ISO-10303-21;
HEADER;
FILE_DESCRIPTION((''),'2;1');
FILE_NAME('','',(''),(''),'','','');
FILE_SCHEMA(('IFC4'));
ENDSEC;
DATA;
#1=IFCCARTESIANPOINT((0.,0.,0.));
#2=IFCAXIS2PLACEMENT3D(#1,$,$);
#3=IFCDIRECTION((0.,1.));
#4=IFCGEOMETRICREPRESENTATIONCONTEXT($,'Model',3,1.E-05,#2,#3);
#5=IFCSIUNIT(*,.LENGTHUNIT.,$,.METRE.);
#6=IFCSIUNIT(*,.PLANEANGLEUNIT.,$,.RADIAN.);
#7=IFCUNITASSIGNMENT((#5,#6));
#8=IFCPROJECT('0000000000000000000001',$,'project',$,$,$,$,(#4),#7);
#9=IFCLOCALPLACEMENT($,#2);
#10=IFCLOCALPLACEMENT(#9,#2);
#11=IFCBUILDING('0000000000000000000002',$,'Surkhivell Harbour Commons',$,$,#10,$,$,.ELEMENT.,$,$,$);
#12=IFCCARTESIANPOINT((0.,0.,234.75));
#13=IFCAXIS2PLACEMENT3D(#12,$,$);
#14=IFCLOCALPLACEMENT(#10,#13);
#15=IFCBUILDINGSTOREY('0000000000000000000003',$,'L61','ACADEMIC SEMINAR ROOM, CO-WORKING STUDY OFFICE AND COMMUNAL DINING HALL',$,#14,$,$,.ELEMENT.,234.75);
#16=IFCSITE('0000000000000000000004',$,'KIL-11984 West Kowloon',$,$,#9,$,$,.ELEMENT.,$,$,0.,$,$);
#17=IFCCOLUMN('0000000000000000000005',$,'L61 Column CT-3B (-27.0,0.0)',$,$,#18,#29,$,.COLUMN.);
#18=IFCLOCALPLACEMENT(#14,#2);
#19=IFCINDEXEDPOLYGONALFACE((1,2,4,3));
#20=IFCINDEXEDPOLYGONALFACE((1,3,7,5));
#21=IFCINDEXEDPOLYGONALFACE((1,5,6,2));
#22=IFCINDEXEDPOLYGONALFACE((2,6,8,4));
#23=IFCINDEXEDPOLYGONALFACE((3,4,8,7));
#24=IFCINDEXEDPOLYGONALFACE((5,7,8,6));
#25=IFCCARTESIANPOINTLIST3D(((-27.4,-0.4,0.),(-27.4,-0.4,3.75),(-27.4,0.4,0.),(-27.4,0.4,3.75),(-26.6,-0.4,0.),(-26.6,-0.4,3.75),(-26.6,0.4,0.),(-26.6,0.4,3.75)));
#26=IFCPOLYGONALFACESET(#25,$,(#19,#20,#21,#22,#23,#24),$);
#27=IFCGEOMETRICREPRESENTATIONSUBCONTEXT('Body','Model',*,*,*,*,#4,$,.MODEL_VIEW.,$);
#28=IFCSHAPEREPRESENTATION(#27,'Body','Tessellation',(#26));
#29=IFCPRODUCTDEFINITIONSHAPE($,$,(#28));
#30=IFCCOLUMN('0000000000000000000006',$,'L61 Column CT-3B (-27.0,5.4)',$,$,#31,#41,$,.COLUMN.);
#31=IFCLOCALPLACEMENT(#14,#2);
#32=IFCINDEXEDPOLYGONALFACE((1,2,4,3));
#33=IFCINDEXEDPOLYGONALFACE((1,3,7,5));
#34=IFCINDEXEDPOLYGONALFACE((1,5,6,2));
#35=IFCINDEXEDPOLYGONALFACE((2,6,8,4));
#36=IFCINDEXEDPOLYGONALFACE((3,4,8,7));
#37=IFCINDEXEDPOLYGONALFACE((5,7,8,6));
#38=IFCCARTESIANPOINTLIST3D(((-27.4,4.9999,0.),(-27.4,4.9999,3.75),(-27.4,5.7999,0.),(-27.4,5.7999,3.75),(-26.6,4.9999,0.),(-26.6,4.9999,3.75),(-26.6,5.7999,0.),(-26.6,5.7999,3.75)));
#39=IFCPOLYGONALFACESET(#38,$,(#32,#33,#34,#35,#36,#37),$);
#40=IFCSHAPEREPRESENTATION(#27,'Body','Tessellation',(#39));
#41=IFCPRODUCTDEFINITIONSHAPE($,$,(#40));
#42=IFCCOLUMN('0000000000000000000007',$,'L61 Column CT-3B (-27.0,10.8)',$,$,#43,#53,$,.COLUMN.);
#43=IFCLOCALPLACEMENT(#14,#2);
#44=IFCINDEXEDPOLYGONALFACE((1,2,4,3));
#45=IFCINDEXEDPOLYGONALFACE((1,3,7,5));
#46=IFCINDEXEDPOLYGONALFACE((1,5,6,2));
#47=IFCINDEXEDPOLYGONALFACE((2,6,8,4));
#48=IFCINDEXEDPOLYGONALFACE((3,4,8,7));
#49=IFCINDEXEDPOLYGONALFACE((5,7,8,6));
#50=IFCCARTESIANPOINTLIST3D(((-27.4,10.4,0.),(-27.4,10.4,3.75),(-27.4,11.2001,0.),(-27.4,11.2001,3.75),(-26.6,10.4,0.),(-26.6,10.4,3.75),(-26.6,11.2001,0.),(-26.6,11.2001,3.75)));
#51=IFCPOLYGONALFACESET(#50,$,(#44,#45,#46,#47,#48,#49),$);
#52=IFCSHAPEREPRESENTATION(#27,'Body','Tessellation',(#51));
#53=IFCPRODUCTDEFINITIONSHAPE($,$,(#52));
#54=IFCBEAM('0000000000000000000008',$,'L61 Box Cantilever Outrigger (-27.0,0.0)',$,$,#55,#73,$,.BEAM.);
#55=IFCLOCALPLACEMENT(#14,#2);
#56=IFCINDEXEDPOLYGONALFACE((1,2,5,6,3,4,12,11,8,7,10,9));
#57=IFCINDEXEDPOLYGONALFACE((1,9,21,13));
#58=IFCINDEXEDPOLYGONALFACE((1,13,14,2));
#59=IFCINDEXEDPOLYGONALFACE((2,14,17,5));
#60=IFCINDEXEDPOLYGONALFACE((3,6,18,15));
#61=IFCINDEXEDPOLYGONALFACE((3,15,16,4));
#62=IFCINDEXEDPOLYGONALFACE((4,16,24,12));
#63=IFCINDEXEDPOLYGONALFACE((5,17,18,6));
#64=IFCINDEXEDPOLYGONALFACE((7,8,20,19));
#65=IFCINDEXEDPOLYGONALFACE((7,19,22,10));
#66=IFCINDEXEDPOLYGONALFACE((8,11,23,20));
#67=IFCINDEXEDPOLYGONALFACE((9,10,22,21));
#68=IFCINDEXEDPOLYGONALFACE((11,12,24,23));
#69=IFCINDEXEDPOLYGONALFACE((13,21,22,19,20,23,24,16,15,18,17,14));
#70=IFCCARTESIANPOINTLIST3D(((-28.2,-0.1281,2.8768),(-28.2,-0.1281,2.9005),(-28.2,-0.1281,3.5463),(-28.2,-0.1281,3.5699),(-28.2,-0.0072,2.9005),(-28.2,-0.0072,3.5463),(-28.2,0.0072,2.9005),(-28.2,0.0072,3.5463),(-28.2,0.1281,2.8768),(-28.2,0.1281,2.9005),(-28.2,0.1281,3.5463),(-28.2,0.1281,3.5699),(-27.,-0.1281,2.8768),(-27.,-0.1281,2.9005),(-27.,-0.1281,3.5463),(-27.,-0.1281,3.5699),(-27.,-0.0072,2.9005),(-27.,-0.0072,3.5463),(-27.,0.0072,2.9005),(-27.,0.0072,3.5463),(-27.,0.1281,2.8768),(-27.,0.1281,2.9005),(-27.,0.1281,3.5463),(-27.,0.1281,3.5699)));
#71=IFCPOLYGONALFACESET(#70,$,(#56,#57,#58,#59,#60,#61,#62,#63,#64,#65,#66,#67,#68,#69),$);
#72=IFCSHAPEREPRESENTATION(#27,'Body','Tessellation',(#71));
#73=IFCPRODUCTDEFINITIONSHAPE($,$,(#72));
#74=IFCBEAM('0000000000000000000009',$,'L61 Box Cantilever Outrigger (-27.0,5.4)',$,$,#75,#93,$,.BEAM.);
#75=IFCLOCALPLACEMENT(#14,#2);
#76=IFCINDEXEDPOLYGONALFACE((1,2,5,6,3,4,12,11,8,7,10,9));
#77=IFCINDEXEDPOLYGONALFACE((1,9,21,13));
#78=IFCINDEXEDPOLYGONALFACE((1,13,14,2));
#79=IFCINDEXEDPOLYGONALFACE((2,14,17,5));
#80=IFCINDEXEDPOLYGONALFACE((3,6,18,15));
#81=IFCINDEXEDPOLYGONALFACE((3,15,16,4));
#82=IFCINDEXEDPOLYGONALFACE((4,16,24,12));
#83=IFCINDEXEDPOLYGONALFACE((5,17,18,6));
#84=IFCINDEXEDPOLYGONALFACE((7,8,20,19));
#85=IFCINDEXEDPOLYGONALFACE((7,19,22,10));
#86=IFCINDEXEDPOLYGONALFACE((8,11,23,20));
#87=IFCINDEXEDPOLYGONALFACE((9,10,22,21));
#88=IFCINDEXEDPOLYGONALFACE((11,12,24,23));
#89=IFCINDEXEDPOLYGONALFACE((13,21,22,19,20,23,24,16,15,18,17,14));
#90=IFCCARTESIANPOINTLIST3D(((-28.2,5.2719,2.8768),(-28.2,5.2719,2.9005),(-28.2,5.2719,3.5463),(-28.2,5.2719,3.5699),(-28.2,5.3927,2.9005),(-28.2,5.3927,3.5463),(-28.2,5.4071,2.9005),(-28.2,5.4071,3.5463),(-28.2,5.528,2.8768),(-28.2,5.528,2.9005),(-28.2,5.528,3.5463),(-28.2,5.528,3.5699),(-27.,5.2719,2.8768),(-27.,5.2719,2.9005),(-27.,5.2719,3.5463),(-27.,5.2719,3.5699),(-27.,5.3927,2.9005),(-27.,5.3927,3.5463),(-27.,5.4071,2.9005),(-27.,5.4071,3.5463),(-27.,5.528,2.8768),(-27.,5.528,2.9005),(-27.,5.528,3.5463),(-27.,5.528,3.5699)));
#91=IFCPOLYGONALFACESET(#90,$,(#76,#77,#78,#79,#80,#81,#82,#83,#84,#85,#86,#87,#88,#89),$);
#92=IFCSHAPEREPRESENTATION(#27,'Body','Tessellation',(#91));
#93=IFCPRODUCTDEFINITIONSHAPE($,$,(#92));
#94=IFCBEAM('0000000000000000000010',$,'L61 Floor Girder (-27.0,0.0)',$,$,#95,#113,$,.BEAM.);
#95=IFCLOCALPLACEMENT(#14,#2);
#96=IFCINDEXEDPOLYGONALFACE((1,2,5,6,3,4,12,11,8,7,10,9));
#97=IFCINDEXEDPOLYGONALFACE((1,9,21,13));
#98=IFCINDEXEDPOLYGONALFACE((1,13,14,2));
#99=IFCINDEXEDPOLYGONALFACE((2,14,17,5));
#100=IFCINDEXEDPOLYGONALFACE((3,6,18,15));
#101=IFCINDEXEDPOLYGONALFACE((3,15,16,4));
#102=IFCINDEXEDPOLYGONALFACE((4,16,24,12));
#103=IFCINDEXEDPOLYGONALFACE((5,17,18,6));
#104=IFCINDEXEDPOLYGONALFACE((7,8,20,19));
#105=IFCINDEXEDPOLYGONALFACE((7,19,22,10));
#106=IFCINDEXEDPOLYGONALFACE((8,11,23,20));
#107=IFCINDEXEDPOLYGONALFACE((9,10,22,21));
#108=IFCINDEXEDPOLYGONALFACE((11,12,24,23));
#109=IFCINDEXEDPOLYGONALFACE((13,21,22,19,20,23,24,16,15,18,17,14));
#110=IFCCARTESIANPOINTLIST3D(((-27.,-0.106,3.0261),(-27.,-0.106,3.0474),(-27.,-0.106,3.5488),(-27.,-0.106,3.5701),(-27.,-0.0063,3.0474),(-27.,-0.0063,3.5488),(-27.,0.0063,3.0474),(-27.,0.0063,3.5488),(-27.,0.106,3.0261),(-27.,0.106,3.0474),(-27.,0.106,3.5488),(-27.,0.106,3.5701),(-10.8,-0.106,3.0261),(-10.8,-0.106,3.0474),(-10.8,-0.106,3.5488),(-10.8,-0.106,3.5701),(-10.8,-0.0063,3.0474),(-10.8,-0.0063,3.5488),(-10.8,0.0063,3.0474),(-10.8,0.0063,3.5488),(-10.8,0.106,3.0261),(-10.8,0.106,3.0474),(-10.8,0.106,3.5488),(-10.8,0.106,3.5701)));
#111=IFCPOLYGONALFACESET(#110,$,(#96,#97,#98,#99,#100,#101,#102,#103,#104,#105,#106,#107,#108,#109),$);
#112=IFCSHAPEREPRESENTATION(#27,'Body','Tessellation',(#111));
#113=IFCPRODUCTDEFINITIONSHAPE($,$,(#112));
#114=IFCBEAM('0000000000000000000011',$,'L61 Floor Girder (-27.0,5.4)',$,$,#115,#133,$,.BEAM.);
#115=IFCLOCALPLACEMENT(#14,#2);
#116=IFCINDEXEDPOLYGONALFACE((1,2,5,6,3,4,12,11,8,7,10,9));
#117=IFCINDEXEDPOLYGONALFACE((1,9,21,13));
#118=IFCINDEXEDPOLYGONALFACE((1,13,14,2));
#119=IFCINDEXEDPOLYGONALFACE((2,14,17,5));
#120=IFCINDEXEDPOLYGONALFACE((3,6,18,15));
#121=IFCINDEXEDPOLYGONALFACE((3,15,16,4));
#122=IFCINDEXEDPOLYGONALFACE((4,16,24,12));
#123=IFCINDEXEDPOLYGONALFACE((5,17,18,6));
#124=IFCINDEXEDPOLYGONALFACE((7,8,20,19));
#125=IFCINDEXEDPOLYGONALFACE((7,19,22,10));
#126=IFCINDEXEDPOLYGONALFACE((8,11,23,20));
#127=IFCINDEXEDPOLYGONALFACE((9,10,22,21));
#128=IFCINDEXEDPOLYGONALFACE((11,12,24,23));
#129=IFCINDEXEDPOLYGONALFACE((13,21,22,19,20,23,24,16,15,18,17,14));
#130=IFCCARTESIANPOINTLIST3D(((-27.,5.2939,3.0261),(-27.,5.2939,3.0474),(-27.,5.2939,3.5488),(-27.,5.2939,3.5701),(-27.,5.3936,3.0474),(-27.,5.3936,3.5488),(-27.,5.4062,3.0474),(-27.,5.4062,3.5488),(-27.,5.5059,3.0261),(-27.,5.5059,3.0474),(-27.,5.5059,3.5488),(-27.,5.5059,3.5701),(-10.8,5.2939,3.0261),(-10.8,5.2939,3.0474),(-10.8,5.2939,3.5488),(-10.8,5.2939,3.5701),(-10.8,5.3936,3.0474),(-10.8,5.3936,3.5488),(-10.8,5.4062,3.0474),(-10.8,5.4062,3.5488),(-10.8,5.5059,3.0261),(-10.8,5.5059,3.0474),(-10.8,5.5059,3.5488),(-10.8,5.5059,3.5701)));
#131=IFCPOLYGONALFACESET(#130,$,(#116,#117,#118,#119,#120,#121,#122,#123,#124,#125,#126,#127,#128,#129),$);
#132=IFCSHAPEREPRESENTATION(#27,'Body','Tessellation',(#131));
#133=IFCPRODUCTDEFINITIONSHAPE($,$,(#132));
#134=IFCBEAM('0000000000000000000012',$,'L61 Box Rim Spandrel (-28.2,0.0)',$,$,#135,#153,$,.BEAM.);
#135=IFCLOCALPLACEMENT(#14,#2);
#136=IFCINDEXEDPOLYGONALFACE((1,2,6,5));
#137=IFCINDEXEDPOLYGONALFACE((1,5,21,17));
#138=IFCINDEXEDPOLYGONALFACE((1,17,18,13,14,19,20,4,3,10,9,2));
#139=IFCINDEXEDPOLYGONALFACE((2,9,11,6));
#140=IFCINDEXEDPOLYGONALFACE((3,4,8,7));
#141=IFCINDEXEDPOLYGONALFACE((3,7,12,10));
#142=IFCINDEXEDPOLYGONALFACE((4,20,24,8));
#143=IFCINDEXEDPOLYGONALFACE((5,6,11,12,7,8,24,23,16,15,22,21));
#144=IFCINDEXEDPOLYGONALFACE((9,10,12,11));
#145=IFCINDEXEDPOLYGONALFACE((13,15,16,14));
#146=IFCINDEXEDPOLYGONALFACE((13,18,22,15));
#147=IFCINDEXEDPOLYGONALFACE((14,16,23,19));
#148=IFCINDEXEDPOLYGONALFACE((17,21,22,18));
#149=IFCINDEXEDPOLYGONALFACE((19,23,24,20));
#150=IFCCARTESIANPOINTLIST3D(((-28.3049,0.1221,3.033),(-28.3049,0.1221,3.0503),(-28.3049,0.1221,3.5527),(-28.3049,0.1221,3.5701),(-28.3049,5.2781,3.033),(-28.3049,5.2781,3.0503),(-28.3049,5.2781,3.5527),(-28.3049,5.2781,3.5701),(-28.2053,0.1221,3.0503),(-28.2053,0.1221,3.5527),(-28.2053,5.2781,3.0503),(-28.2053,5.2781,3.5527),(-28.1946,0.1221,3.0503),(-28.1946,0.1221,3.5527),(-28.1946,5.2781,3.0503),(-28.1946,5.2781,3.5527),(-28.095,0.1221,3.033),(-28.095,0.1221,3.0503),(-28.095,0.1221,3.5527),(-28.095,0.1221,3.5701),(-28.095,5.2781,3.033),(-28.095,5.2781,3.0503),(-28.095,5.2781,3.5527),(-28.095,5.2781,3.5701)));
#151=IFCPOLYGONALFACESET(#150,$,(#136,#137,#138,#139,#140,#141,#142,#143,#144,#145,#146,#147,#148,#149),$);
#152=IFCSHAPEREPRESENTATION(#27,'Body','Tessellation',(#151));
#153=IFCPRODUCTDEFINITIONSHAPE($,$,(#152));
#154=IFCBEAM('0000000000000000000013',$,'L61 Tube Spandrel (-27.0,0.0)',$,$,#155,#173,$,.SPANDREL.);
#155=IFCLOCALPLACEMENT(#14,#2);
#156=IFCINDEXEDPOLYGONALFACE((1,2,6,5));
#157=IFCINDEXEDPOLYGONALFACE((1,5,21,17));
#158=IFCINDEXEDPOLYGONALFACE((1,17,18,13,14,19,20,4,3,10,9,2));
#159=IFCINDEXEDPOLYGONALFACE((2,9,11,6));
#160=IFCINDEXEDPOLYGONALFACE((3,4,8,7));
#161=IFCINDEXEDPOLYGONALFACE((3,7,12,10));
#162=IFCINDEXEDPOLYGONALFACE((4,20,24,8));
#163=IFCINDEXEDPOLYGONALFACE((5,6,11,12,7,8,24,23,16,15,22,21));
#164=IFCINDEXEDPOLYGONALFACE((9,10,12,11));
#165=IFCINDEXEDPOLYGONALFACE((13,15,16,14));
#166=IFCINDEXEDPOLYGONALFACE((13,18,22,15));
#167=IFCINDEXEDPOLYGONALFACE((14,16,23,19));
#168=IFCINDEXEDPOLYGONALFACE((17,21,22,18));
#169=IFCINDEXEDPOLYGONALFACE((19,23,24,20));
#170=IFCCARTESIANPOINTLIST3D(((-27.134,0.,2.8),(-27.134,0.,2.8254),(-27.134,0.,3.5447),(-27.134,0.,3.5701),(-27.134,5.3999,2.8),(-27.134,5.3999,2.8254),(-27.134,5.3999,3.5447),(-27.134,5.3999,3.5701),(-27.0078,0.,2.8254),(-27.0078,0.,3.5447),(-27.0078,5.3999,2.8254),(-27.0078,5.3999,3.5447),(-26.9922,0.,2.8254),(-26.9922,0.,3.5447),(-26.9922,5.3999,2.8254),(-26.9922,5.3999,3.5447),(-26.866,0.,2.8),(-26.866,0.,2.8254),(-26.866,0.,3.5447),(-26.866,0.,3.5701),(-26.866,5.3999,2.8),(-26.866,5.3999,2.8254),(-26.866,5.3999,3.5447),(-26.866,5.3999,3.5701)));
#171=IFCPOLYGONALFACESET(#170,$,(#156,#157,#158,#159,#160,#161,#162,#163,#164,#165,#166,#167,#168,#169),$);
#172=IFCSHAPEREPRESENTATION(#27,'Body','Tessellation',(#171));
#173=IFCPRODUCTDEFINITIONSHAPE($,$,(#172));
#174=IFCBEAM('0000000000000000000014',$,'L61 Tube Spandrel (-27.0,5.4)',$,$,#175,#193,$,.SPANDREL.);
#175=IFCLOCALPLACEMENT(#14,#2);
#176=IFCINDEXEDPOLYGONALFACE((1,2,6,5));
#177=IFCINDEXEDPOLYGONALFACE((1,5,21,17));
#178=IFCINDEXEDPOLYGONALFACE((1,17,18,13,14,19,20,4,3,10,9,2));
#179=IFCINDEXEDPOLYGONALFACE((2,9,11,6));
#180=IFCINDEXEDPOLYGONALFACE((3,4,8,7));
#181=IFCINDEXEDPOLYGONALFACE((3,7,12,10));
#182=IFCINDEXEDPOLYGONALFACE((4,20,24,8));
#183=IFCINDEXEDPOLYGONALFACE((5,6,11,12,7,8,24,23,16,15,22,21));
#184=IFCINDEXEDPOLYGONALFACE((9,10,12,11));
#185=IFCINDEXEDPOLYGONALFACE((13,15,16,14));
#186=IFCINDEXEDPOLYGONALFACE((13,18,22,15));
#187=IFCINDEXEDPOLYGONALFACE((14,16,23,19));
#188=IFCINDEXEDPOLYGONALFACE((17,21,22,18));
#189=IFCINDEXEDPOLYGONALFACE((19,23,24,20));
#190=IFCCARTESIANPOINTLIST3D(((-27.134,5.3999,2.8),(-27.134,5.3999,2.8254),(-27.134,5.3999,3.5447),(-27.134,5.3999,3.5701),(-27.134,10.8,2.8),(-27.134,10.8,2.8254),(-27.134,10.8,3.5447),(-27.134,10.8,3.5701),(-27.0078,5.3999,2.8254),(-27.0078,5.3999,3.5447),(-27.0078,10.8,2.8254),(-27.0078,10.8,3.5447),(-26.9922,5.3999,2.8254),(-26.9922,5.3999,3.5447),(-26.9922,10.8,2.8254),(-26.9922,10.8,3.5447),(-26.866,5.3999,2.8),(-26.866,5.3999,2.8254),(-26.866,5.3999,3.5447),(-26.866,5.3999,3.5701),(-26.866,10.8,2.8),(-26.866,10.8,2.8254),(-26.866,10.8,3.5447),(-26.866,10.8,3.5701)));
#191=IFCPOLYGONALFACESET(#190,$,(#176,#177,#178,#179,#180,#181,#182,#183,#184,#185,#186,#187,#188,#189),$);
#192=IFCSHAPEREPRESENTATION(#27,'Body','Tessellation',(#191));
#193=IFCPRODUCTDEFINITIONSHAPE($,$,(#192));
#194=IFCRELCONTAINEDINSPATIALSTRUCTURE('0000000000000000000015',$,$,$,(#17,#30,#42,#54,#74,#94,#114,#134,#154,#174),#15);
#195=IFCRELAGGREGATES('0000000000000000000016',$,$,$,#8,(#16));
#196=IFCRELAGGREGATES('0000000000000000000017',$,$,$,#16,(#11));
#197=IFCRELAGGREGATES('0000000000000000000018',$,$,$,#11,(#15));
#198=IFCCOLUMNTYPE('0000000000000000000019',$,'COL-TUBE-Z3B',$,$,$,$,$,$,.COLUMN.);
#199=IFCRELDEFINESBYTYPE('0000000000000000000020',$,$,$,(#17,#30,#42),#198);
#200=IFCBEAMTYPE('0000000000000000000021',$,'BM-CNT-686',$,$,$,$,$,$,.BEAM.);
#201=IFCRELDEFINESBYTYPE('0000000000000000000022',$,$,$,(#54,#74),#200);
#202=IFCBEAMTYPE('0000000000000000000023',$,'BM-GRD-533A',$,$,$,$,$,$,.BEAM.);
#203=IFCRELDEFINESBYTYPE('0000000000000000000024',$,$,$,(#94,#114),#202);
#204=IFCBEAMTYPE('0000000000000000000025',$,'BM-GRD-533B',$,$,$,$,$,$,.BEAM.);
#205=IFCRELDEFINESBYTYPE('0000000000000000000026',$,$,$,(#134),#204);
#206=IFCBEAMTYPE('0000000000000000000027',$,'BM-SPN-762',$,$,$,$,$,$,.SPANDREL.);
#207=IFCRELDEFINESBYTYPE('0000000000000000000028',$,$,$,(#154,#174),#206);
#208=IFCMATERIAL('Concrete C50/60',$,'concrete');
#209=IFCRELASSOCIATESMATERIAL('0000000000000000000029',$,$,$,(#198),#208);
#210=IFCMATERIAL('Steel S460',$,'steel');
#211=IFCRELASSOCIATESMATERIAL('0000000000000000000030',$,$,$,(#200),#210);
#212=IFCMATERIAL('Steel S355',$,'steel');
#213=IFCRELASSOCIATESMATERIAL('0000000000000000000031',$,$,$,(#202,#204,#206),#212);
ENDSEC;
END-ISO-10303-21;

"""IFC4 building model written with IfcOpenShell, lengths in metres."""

from ifc_helpers import new_model, si_unit, direction, frame, origin, origin_2d, place, context, subcontext, project, spatial, rectangle, i_section, extrude, material, material_profile, profile_set, type_object, element, save


model = new_model("IFC4")

# Units and contexts
model_context = context("Model", 3, precision=1e-05, world=origin(), true_north=direction((0.0, 1.0)))
body_context = subcontext(model_context, "Body", "Model", "MODEL_VIEW")
ifc_project = project(units=[si_unit("LENGTHUNIT", "METRE"), si_unit("PLANEANGLEUNIT", "RADIAN")], contexts=[model_context])

# Site, building, storey
site_placement = place(None, origin())
site = spatial("IfcSite", under=ifc_project, at=site_placement, Name="KIL-11984 West Kowloon", CompositionType="ELEMENT", RefElevation=0.0)
building_placement = place(site_placement, origin())
building = spatial("IfcBuilding", under=site, at=building_placement, Name="Surkhivell Harbour Commons", CompositionType="ELEMENT")
storey_placement = place(building_placement, frame((0.0, 0.0, 234.75)))
storey = spatial("IfcBuildingStorey", under=building, at=storey_placement, Name="L61", Description="ACADEMIC SEMINAR ROOM, CO-WORKING STUDY OFFICE AND COMMUNAL DINING HALL", CompositionType="ELEMENT", Elevation=234.75)

# Columns
ifc_material_1 = material(Name="Concrete C50/60", Category="concrete")
ifc_material_profile_1 = material_profile(ifc_material_1, rectangle(XDim=0.8, YDim=0.8, at=origin_2d()), Name="RC-COL-800x800")
ifc_profile_set_1 = profile_set([ifc_material_profile_1], Name="Concrete C50/60")
column_type = type_object("IfcColumnType", Name="COL-TUBE-Z3B", PredefinedType="COLUMN", material=ifc_profile_set_1)
for number, where, z_axis, x_axis, name in (
    (1, (-27.0, 0.0, 0.0), (0.0, 0.0, 1.0), (1.0, 0.0, 0.0), "L61 Column CT-3B (-27.0,0.0)"),
    (2, (-27.0, 5.3999, 0.0), (0.0, 0.0, 1.0), (1.0, 0.0, 0.0), "L61 Column CT-3B (-27.0,5.4)"),
    (3, (-27.0, 10.8, 0.0), (0.0, 0.0, 1.0), (1.0, 0.0, 0.0), "L61 Column CT-3B (-27.0,10.8)"),
):
    element("IfcColumn", number, at=place(storey_placement, frame(where, z_axis=z_axis, x_axis=x_axis)), inside=storey, type_object=column_type, Name=name, PredefinedType="COLUMN", context=body_context, shape_type="SweptSolid", body=[
        extrude(rectangle(XDim=0.8, YDim=0.8, at=origin_2d()), origin(), (0.0, 0.0, 1.0), 3.75),
    ])

# Beams
ifc_material_2 = material(Name="Steel S460", Category="steel")
ifc_material_profile_2 = material_profile(ifc_material_2, i_section(OverallWidth=0.2561, OverallDepth=0.6931, WebThickness=0.0144, FlangeThickness=0.0237, at=origin_2d()), Name="UB686x254x170")
ifc_profile_set_2 = profile_set([ifc_material_profile_2], Name="Steel S460")
beam_type_1 = type_object("IfcBeamType", Name="BM-CNT-686", PredefinedType="BEAM", material=ifc_profile_set_2)
for number, where, z_axis, x_axis, name in (
    (4, (-27.0, 0.0, 3.2234), (-1.0, 0.0, 0.0), (0.0, -1.0, 0.0), "L61 Box Cantilever Outrigger (-27.0,0.0)"),
    (5, (-27.0, 5.3999, 3.2234), (-1.0, 0.0, 0.0), (0.0, -1.0, 0.0), "L61 Box Cantilever Outrigger (-27.0,5.4)"),
):
    element("IfcBeam", number, at=place(storey_placement, frame(where, z_axis=z_axis, x_axis=x_axis)), inside=storey, type_object=beam_type_1, Name=name, PredefinedType="BEAM", context=body_context, shape_type="SweptSolid", body=[
        extrude(i_section(OverallWidth=0.2561, OverallDepth=0.6931, WebThickness=0.0144, FlangeThickness=0.0237, at=origin_2d()), origin(), (0.0, 0.0, 1.0), 1.2),
    ])
ifc_material_3 = material(Name="Steel S355", Category="steel")
ifc_material_profile_3 = material_profile(ifc_material_3, i_section(OverallWidth=0.2119, OverallDepth=0.5439, WebThickness=0.0127, FlangeThickness=0.0212, at=origin_2d()), Name="UB533x210x122")
ifc_profile_set_3 = profile_set([ifc_material_profile_3], Name="Steel S355")
beam_type_2 = type_object("IfcBeamType", Name="BM-GRD-533A", PredefinedType="BEAM", material=ifc_profile_set_3)
for number, where, z_axis, x_axis, name in (
    (6, (-27.0, 0.0, 3.2981), (1.0, 0.0, 0.0), (0.0, 1.0, 0.0), "L61 Floor Girder (-27.0,0.0)"),
    (7, (-27.0, 5.3999, 3.2981), (1.0, 0.0, 0.0), (0.0, 1.0, 0.0), "L61 Floor Girder (-27.0,5.4)"),
):
    element("IfcBeam", number, at=place(storey_placement, frame(where, z_axis=z_axis, x_axis=x_axis)), inside=storey, type_object=beam_type_2, Name=name, PredefinedType="BEAM", context=body_context, shape_type="SweptSolid", body=[
        extrude(i_section(OverallWidth=0.2119, OverallDepth=0.5439, WebThickness=0.0127, FlangeThickness=0.0212, at=origin_2d()), origin(), (0.0, 0.0, 1.0), 16.2),
    ])
ifc_material_profile_4 = material_profile(ifc_material_3, i_section(OverallWidth=0.21, OverallDepth=0.5371, WebThickness=0.0107, FlangeThickness=0.0173, at=origin_2d()), Name="UB533x210x101")
ifc_profile_set_4 = profile_set([ifc_material_profile_4], Name="Steel S355")
beam_type_3 = type_object("IfcBeamType", Name="BM-GRD-533B", PredefinedType="BEAM", material=ifc_profile_set_4)
beam_1_placement = place(storey_placement, frame((-28.2, 0.1221, 3.3015), z_axis=(0.0, 1.0, 0.0), x_axis=(-1.0, 0.0, 0.0)))
element("IfcBeam", 8, at=beam_1_placement, inside=storey, type_object=beam_type_3, Name="L61 Box Rim Spandrel (-28.2,0.0)", PredefinedType="BEAM", context=body_context, shape_type="SweptSolid", body=[
    extrude(i_section(OverallWidth=0.21, OverallDepth=0.5371, WebThickness=0.0107, FlangeThickness=0.0173, at=origin_2d()), origin(), (0.0, 0.0, 1.0), 5.156),
])
ifc_material_profile_5 = material_profile(ifc_material_3, i_section(OverallWidth=0.2681, OverallDepth=0.77, WebThickness=0.0156, FlangeThickness=0.0254, at=origin_2d()), Name="UB762x267x197")
ifc_profile_set_5 = profile_set([ifc_material_profile_5], Name="Steel S355")
beam_type_4 = type_object("IfcBeamType", Name="BM-SPN-762", PredefinedType="SPANDREL", material=ifc_profile_set_5)
beam_2_placement = place(storey_placement, frame((-27.0, 0.0, 3.1851), z_axis=(0.0, 1.0, 0.0), x_axis=(-1.0, 0.0, 0.0)))
element("IfcBeam", 9, at=beam_2_placement, inside=storey, type_object=beam_type_4, Name="L61 Tube Spandrel (-27.0,0.0)", PredefinedType="SPANDREL", context=body_context, shape_type="SweptSolid", body=[
    extrude(i_section(OverallWidth=0.2681, OverallDepth=0.77, WebThickness=0.0156, FlangeThickness=0.0254, at=origin_2d()), origin(), (0.0, 0.0, 1.0), 5.3999),
])
beam_3_placement = place(storey_placement, frame((-27.0, 5.3999, 3.1851), z_axis=(0.0, 1.0, 0.0), x_axis=(-1.0, 0.0, 0.0)))
element("IfcBeam", 10, at=beam_3_placement, inside=storey, type_object=beam_type_4, Name="L61 Tube Spandrel (-27.0,5.4)", PredefinedType="SPANDREL", context=body_context, shape_type="SweptSolid", body=[
    extrude(i_section(OverallWidth=0.2681, OverallDepth=0.77, WebThickness=0.0156, FlangeThickness=0.0254, at=origin_2d()), origin(), (0.0, 0.0, 1.0), 5.4001),
])

save(model, "model.ifc")
